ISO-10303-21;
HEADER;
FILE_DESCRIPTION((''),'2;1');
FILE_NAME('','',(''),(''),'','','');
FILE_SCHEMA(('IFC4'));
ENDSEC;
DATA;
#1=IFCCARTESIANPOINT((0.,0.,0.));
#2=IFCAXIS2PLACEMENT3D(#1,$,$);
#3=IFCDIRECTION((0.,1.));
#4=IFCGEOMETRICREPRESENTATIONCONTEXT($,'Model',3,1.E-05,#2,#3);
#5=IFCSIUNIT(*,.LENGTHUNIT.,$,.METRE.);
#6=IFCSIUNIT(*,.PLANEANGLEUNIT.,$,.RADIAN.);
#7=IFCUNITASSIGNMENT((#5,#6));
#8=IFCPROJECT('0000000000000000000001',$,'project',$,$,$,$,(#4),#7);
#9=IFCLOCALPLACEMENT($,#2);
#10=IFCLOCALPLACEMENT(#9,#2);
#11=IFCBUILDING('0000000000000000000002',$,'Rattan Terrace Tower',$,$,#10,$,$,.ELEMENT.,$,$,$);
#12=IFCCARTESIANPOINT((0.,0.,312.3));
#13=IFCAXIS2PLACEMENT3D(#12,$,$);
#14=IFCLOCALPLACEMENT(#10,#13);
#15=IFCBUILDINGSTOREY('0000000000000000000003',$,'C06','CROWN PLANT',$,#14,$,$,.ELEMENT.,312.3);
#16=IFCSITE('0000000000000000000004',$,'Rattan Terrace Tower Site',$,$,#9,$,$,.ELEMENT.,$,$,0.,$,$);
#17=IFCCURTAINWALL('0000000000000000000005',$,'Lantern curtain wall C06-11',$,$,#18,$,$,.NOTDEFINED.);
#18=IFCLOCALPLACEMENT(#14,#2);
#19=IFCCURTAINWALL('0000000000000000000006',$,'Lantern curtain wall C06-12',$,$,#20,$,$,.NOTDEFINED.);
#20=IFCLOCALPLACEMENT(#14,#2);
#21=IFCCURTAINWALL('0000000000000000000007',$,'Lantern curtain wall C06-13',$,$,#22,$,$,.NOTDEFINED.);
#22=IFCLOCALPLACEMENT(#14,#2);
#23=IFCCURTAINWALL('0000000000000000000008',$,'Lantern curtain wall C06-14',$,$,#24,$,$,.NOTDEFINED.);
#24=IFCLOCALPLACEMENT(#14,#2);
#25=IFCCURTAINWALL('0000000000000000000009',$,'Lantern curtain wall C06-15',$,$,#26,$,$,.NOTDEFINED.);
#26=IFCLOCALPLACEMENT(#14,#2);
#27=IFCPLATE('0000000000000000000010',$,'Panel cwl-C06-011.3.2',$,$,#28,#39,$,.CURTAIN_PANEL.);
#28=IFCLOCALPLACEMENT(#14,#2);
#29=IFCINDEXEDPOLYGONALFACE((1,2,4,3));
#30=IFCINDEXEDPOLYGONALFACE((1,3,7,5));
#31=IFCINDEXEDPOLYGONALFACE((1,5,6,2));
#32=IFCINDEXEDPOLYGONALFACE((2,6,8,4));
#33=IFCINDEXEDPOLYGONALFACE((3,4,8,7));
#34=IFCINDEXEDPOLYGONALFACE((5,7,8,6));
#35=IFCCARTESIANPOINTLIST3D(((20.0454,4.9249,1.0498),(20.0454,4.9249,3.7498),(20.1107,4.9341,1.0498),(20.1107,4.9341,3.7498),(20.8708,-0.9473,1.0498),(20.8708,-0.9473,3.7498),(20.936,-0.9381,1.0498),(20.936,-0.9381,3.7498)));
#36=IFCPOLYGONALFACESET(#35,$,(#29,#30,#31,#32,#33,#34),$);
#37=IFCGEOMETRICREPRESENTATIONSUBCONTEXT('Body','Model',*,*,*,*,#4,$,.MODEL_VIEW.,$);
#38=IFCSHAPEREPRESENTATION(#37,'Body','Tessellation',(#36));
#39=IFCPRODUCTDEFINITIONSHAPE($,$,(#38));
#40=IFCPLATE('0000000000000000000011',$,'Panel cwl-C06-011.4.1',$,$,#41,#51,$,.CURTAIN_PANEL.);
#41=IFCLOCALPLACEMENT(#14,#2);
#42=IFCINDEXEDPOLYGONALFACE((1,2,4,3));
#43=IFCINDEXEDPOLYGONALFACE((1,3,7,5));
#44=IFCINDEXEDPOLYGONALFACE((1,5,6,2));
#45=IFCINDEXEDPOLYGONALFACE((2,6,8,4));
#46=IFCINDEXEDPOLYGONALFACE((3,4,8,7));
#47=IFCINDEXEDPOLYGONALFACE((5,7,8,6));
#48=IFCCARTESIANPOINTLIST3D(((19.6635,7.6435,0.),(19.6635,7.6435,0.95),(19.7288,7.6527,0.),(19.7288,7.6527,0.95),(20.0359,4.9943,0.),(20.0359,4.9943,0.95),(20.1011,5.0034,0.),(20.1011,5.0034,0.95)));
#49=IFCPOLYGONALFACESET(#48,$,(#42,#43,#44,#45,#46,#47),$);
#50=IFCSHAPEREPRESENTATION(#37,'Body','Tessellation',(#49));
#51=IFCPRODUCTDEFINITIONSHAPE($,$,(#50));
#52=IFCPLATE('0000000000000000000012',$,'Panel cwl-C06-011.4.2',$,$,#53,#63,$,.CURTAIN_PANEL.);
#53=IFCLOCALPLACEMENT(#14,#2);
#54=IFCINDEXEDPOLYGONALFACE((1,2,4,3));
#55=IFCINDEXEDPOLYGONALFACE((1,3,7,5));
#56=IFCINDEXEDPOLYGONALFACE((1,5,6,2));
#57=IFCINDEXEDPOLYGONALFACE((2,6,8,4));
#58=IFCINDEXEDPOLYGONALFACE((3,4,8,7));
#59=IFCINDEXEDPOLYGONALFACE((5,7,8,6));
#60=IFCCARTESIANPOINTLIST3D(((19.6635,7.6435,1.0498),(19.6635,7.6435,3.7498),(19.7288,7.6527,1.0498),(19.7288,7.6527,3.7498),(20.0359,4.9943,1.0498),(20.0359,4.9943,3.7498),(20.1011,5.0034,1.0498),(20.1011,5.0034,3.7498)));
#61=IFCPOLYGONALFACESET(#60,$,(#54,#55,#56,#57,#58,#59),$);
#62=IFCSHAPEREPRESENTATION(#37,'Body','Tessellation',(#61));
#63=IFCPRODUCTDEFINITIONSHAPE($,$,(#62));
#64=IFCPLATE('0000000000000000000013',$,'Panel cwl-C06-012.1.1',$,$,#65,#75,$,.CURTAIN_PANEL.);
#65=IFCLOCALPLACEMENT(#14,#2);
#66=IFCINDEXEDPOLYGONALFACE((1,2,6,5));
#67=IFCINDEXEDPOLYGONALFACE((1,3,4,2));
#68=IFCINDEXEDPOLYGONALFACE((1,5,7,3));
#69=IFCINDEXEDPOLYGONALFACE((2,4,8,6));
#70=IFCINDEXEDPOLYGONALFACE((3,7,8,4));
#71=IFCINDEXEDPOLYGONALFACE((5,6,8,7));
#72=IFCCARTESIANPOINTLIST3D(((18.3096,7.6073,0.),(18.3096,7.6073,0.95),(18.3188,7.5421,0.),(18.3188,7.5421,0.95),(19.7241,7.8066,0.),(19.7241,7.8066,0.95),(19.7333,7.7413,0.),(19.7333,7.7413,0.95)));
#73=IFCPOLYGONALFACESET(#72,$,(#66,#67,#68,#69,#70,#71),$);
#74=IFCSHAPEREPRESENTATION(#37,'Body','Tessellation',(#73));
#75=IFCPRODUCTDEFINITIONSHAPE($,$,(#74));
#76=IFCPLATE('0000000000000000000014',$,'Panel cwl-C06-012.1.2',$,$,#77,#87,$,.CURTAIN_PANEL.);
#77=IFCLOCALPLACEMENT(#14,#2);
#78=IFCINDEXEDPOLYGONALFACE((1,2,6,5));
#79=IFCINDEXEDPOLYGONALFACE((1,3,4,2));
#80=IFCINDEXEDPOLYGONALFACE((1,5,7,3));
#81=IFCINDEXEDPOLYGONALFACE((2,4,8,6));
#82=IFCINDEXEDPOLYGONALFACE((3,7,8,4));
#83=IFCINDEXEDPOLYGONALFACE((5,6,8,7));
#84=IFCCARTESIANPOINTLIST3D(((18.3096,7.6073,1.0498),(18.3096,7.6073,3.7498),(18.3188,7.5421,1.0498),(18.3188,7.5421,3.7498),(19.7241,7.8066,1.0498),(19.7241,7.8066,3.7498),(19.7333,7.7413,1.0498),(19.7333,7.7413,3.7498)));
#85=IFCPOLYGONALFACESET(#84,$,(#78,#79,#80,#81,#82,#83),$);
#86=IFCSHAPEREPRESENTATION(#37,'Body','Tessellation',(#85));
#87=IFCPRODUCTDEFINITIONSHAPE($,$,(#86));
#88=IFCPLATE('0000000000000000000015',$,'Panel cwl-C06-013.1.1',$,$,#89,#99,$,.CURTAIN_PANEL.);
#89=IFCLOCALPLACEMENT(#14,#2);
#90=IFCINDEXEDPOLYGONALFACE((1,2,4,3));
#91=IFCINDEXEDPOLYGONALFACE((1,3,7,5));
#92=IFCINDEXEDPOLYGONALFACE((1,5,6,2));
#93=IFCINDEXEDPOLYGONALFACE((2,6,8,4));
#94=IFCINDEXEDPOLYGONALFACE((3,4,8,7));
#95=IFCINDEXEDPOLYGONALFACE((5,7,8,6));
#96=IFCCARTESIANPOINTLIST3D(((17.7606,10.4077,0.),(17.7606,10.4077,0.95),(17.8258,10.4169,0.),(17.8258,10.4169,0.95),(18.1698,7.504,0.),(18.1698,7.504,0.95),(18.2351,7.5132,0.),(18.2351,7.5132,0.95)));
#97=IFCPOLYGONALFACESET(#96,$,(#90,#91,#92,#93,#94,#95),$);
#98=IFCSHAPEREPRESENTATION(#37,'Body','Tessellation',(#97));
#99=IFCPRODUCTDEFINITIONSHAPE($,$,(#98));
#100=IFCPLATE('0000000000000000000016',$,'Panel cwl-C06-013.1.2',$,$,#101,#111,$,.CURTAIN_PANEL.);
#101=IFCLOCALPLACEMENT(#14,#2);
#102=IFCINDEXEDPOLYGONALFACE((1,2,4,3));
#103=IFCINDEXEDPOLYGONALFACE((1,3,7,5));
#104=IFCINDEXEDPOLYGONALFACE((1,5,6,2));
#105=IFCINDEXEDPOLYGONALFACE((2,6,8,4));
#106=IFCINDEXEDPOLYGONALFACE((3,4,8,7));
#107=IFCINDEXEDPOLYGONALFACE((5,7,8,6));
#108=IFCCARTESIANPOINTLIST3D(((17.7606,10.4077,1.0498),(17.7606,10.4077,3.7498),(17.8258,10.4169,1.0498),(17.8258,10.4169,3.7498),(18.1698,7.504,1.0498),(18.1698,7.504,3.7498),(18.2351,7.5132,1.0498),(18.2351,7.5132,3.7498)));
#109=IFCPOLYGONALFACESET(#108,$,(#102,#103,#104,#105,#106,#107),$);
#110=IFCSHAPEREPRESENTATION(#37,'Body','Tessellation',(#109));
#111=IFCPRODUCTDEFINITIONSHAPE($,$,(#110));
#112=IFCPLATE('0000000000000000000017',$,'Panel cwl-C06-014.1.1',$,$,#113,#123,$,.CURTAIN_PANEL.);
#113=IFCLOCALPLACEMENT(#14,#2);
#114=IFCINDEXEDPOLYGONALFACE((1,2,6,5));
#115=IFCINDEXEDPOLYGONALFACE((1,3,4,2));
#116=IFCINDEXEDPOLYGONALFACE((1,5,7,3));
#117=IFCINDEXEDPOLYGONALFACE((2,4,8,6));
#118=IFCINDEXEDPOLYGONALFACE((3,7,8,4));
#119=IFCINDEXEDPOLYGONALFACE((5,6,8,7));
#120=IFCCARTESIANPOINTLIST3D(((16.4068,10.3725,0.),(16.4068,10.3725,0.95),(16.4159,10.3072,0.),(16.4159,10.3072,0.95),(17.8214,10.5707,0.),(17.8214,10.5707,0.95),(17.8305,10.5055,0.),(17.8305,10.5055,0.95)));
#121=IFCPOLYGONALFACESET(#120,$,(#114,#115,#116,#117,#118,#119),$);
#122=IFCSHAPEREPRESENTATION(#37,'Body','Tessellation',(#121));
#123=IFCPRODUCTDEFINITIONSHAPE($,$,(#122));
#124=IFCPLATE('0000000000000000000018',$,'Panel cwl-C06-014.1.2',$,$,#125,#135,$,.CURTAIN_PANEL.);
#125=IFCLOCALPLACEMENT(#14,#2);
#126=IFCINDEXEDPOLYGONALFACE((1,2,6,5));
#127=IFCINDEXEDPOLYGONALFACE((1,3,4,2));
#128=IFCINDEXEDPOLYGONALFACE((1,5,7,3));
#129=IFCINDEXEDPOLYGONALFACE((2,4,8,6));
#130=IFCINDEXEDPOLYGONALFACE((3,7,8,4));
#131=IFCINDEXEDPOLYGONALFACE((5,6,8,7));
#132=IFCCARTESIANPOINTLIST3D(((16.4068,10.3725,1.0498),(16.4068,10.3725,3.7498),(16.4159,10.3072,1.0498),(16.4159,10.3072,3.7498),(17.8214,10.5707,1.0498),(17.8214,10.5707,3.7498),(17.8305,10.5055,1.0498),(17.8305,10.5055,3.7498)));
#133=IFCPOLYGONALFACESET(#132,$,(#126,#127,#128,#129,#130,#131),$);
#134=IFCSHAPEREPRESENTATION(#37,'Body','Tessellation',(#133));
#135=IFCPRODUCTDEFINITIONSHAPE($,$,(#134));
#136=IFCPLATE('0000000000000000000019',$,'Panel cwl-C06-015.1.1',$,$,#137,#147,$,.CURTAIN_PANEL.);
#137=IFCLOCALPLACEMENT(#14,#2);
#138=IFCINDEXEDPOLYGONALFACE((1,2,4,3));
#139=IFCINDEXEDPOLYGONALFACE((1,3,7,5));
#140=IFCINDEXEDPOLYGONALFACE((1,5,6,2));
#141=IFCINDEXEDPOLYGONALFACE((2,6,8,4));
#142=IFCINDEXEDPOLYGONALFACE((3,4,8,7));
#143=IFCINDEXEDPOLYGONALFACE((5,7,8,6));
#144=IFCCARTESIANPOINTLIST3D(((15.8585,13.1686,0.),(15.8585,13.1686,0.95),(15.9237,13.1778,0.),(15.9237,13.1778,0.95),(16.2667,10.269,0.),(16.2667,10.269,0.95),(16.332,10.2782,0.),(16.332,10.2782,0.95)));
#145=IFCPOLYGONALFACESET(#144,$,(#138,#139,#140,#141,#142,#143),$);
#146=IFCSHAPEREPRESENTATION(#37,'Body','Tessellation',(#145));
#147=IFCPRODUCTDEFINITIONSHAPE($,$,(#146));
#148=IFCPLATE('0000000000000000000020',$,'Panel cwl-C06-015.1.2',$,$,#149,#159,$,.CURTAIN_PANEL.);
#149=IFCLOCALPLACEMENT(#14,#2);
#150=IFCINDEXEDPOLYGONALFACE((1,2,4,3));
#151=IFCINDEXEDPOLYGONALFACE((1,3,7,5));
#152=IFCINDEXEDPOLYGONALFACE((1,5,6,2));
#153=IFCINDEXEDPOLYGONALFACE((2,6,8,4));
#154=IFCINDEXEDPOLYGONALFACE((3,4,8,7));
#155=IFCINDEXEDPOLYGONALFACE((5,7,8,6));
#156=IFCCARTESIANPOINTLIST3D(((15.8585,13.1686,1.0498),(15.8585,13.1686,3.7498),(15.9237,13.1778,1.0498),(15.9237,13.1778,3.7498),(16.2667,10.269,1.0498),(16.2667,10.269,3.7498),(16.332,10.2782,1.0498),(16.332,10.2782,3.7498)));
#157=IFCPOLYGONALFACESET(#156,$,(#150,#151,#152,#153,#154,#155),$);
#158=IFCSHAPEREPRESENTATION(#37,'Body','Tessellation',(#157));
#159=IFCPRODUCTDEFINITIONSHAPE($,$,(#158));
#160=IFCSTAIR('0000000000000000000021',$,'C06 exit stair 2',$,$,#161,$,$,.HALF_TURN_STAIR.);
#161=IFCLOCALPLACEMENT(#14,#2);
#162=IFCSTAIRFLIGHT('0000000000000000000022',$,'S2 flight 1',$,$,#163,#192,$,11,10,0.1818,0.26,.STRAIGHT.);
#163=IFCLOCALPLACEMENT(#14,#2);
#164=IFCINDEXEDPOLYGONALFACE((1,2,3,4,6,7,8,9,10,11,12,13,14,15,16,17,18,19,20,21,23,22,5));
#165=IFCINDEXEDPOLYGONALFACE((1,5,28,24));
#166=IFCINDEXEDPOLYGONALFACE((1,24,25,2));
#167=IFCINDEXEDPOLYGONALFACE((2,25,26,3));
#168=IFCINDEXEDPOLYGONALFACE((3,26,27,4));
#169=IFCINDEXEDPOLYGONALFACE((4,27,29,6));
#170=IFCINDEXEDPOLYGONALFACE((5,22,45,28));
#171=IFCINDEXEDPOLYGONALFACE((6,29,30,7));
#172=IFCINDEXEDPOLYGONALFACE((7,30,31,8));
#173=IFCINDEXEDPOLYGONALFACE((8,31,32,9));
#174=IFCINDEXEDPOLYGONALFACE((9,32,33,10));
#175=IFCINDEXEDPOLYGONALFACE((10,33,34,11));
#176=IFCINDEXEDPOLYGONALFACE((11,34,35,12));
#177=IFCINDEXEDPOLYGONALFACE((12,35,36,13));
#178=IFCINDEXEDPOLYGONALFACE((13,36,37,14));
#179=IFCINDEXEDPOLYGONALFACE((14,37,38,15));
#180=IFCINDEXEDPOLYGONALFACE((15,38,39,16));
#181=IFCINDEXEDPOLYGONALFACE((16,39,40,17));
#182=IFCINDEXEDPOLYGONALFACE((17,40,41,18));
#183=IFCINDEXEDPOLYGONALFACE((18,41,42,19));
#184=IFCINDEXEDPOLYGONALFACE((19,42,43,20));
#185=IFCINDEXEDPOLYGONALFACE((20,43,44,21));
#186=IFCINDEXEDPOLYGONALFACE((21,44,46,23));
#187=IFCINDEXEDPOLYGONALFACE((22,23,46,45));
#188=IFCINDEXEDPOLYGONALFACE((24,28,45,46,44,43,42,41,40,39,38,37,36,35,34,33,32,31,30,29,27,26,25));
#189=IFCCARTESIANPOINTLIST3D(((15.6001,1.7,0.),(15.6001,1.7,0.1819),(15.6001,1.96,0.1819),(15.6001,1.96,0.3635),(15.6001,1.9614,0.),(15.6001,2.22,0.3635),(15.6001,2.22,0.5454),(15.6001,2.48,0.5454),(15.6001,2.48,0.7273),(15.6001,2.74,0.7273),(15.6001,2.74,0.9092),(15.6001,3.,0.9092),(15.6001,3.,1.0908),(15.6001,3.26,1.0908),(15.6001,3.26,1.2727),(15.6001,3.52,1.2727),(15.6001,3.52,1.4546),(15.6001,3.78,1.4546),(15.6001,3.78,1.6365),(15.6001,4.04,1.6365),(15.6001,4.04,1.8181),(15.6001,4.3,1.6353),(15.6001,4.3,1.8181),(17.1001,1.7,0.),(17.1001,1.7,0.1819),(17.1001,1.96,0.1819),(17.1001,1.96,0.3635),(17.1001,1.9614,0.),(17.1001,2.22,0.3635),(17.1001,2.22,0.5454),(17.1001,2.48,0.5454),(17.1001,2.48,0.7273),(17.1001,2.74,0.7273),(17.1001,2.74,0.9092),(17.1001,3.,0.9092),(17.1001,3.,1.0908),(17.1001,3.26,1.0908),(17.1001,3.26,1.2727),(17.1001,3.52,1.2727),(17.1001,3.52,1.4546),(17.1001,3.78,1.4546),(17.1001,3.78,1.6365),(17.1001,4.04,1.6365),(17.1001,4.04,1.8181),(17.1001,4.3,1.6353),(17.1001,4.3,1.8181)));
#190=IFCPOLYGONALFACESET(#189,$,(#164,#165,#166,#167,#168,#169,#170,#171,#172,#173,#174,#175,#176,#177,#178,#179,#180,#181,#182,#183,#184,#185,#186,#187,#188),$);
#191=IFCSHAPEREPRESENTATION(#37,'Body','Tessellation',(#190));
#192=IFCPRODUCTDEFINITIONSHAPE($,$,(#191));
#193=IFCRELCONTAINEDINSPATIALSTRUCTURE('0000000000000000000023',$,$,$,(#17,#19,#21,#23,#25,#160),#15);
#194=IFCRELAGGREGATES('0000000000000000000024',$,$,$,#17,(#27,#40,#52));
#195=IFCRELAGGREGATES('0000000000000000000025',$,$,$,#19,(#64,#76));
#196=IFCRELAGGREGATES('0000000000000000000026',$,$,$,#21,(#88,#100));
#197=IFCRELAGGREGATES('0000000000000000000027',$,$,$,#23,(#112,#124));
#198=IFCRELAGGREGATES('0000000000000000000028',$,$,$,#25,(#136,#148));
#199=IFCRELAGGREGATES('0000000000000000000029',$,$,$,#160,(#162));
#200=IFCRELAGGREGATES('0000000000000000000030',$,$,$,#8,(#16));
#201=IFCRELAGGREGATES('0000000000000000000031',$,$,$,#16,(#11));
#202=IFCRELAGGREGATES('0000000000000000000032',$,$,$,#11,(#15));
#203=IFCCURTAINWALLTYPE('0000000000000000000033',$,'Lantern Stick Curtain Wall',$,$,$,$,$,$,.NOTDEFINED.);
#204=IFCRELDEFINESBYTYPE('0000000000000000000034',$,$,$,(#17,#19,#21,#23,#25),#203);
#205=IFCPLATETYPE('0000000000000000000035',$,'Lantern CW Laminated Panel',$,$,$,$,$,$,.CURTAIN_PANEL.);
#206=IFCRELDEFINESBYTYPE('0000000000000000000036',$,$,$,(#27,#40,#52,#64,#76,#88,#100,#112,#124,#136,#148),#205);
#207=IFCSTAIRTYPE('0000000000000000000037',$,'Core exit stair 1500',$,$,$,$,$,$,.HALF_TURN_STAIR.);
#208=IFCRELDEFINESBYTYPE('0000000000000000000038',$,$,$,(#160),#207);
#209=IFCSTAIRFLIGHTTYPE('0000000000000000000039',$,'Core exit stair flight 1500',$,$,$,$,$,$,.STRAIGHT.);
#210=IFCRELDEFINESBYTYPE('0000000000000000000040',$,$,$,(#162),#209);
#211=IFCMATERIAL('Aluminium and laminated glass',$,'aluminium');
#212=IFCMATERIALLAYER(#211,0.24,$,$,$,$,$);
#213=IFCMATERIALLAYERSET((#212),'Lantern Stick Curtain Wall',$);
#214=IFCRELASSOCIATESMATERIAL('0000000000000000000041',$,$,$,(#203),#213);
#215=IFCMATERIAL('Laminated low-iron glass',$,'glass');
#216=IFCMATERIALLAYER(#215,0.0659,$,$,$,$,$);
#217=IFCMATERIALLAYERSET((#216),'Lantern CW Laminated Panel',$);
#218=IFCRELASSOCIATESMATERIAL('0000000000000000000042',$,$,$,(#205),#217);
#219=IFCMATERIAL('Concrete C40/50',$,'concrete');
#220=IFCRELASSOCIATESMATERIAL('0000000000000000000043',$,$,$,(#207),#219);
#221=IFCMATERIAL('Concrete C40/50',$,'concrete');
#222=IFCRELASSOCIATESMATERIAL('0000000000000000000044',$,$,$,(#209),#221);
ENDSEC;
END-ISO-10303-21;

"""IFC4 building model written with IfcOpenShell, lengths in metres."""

from ifc_helpers import new_model, si_unit, direction, frame, origin, origin_2d, place, context, subcontext, project, spatial, polyline, rectangle, outline, extrude, material, layer, layer_set, type_object, element, aggregate, save


model = new_model("IFC4")

# Units and contexts
model_context = context("Model", 3, precision=1e-05, world=origin(), true_north=direction((0.0, 1.0)))
body_context = subcontext(model_context, "Body", "Model", "MODEL_VIEW")
ifc_project = project(units=[si_unit("LENGTHUNIT", "METRE"), si_unit("PLANEANGLEUNIT", "RADIAN")], contexts=[model_context])

# Site, building, storey
site_placement = place(None, origin())
site = spatial("IfcSite", under=ifc_project, at=site_placement, Name="Rattan Terrace Tower Site", CompositionType="ELEMENT", RefElevation=0.0)
building_placement = place(site_placement, origin())
building = spatial("IfcBuilding", under=site, at=building_placement, Name="Rattan Terrace Tower", CompositionType="ELEMENT")
storey_placement = place(building_placement, frame((0.0, 0.0, 312.3)))
storey = spatial("IfcBuildingStorey", under=building, at=storey_placement, Name="C06", Description="CROWN PLANT", CompositionType="ELEMENT", Elevation=312.3)

# Curtain walls
ifc_material_1 = material(Name="Aluminium and laminated glass", Category="aluminium")
ifc_layer_1 = layer(ifc_material_1, 0.24)
ifc_layer_set_1 = layer_set([ifc_layer_1], Name="Lantern Stick Curtain Wall")
curtain_wall_type = type_object("IfcCurtainWallType", Name="Lantern Stick Curtain Wall", PredefinedType="NOTDEFINED", material=ifc_layer_set_1)
curtain_wall_1_placement = place(storey_placement, origin())
curtain_wall_1 = element("IfcCurtainWall", 1, at=curtain_wall_1_placement, inside=storey, type_object=curtain_wall_type, Name="Lantern curtain wall C06-11", PredefinedType="NOTDEFINED")
curtain_wall_2_placement = place(storey_placement, origin())
curtain_wall_2 = element("IfcCurtainWall", 2, at=curtain_wall_2_placement, inside=storey, type_object=curtain_wall_type, Name="Lantern curtain wall C06-12", PredefinedType="NOTDEFINED")
curtain_wall_3_placement = place(storey_placement, origin())
curtain_wall_3 = element("IfcCurtainWall", 3, at=curtain_wall_3_placement, inside=storey, type_object=curtain_wall_type, Name="Lantern curtain wall C06-13", PredefinedType="NOTDEFINED")
curtain_wall_4_placement = place(storey_placement, origin())
curtain_wall_4 = element("IfcCurtainWall", 4, at=curtain_wall_4_placement, inside=storey, type_object=curtain_wall_type, Name="Lantern curtain wall C06-14", PredefinedType="NOTDEFINED")
curtain_wall_5_placement = place(storey_placement, origin())
curtain_wall_5 = element("IfcCurtainWall", 5, at=curtain_wall_5_placement, inside=storey, type_object=curtain_wall_type, Name="Lantern curtain wall C06-15", PredefinedType="NOTDEFINED")

# Plates
ifc_material_2 = material(Name="Laminated low-iron glass", Category="glass")
ifc_layer_2 = layer(ifc_material_2, 0.0659)
ifc_layer_set_2 = layer_set([ifc_layer_2], Name="Lantern CW Laminated Panel")
plate_type = type_object("IfcPlateType", Name="Lantern CW Laminated Panel", PredefinedType="CURTAIN_PANEL", material=ifc_layer_set_2)
plate_1_placement = place(storey_placement, frame((20.4907, 1.9934, 1.0498), z_axis=(0.0, 0.0, 1.0), x_axis=(-0.139188, 0.990266, 0.0)))
plate_1 = element("IfcPlate", 6, at=plate_1_placement, type_object=plate_type, Name="Panel cwl-C06-011.3.2", PredefinedType="CURTAIN_PANEL", context=body_context, shape_type="SweptSolid", body=[
    extrude(rectangle(XDim=5.9299, YDim=0.0659, at=origin_2d()), origin(), (0.0, 0.0, 1.0), 2.7),
])
plate_2_placement = place(storey_placement, frame((19.8823, 6.3235, 0.0), z_axis=(0.0, 0.0, 1.0), x_axis=(-0.139188, 0.990266, 0.0)))
plate_2 = element("IfcPlate", 7, at=plate_2_placement, type_object=plate_type, Name="Panel cwl-C06-011.4.1", PredefinedType="CURTAIN_PANEL", context=body_context, shape_type="SweptSolid", body=[
    extrude(rectangle(XDim=2.6753, YDim=0.0659, at=origin_2d()), origin(), (0.0, 0.0, 1.0), 0.95),
])
plate_3_placement = place(storey_placement, frame((19.8823, 6.3235, 1.0498), z_axis=(0.0, 0.0, 1.0), x_axis=(-0.139188, 0.990266, 0.0)))
plate_3 = element("IfcPlate", 8, at=plate_3_placement, type_object=plate_type, Name="Panel cwl-C06-011.4.2", PredefinedType="CURTAIN_PANEL", context=body_context, shape_type="SweptSolid", body=[
    extrude(rectangle(XDim=2.6753, YDim=0.0659, at=origin_2d()), origin(), (0.0, 0.0, 1.0), 2.7),
])
aggregate(curtain_wall_1, [plate_1, plate_2, plate_3])
plate_4_placement = place(storey_placement, frame((19.0215, 7.6743, 0.0), z_axis=(0.0, 0.0, 1.0), x_axis=(-0.990228, -0.139459, 0.0)))
plate_4 = element("IfcPlate", 9, at=plate_4_placement, type_object=plate_type, Name="Panel cwl-C06-012.1.1", PredefinedType="CURTAIN_PANEL", context=body_context, shape_type="SweptSolid", body=[
    extrude(rectangle(XDim=1.4285, YDim=0.0659, at=origin_2d()), origin(), (0.0, 0.0, 1.0), 0.95),
])
plate_5_placement = place(storey_placement, frame((19.0215, 7.6743, 1.0498), z_axis=(0.0, 0.0, 1.0), x_axis=(-0.990228, -0.139459, 0.0)))
plate_5 = element("IfcPlate", 10, at=plate_5_placement, type_object=plate_type, Name="Panel cwl-C06-012.1.2", PredefinedType="CURTAIN_PANEL", context=body_context, shape_type="SweptSolid", body=[
    extrude(rectangle(XDim=1.4285, YDim=0.0659, at=origin_2d()), origin(), (0.0, 0.0, 1.0), 2.7),
])
aggregate(curtain_wall_2, [plate_4, plate_5])
plate_6_placement = place(storey_placement, frame((17.9978, 8.9604, 0.0), z_axis=(0.0, 0.0, 1.0), x_axis=(-0.139556, 0.990214, 0.0)))
plate_6 = element("IfcPlate", 11, at=plate_6_placement, type_object=plate_type, Name="Panel cwl-C06-013.1.1", PredefinedType="CURTAIN_PANEL", context=body_context, shape_type="SweptSolid", body=[
    extrude(rectangle(XDim=2.9324, YDim=0.0659, at=origin_2d()), origin(), (0.0, 0.0, 1.0), 0.95),
])
plate_7_placement = place(storey_placement, frame((17.9978, 8.9604, 1.0498), z_axis=(0.0, 0.0, 1.0), x_axis=(-0.139556, 0.990214, 0.0)))
plate_7 = element("IfcPlate", 12, at=plate_7_placement, type_object=plate_type, Name="Panel cwl-C06-013.1.2", PredefinedType="CURTAIN_PANEL", context=body_context, shape_type="SweptSolid", body=[
    extrude(rectangle(XDim=2.9324, YDim=0.0659, at=origin_2d()), origin(), (0.0, 0.0, 1.0), 2.7),
])
aggregate(curtain_wall_3, [plate_6, plate_7])
plate_8_placement = place(storey_placement, frame((17.1187, 10.439, 0.0), z_axis=(0.0, 0.0, 1.0), x_axis=(-0.99032, -0.138805, 0.0)))
plate_8 = element("IfcPlate", 13, at=plate_8_placement, type_object=plate_type, Name="Panel cwl-C06-014.1.1", PredefinedType="CURTAIN_PANEL", context=body_context, shape_type="SweptSolid", body=[
    extrude(rectangle(XDim=1.4285, YDim=0.0659, at=origin_2d()), origin(), (0.0, 0.0, 1.0), 0.95),
])
plate_9_placement = place(storey_placement, frame((17.1187, 10.439, 1.0498), z_axis=(0.0, 0.0, 1.0), x_axis=(-0.99032, -0.138805, 0.0)))
plate_9 = element("IfcPlate", 14, at=plate_9_placement, type_object=plate_type, Name="Panel cwl-C06-014.1.2", PredefinedType="CURTAIN_PANEL", context=body_context, shape_type="SweptSolid", body=[
    extrude(rectangle(XDim=1.4285, YDim=0.0659, at=origin_2d()), origin(), (0.0, 0.0, 1.0), 2.7),
])
aggregate(curtain_wall_4, [plate_8, plate_9])
plate_10_placement = place(storey_placement, frame((16.0952, 11.7234, 0.0), z_axis=(0.0, 0.0, 1.0), x_axis=(-0.139413, 0.990234, 0.0)))
plate_10 = element("IfcPlate", 15, at=plate_10_placement, type_object=plate_type, Name="Panel cwl-C06-015.1.1", PredefinedType="CURTAIN_PANEL", context=body_context, shape_type="SweptSolid", body=[
    extrude(rectangle(XDim=2.9282, YDim=0.0659, at=origin_2d()), origin(), (0.0, 0.0, 1.0), 0.95),
])
plate_11_placement = place(storey_placement, frame((16.0952, 11.7234, 1.0498), z_axis=(0.0, 0.0, 1.0), x_axis=(-0.139413, 0.990234, 0.0)))
plate_11 = element("IfcPlate", 16, at=plate_11_placement, type_object=plate_type, Name="Panel cwl-C06-015.1.2", PredefinedType="CURTAIN_PANEL", context=body_context, shape_type="SweptSolid", body=[
    extrude(rectangle(XDim=2.9282, YDim=0.0659, at=origin_2d()), origin(), (0.0, 0.0, 1.0), 2.7),
])
aggregate(curtain_wall_5, [plate_10, plate_11])

# Stair, stair flight
ifc_material_3 = material(Name="Concrete C40/50", Category="concrete")
stair_type = type_object("IfcStairType", Name="Core exit stair 1500", PredefinedType="HALF_TURN_STAIR", material=ifc_material_3)
stair_placement = place(storey_placement, origin())
stair = element("IfcStair", 17, at=stair_placement, inside=storey, type_object=stair_type, Name="C06 exit stair 2", PredefinedType="HALF_TURN_STAIR")
ifc_material_4 = material(Name="Concrete C40/50", Category="concrete")
stair_flight_type = type_object("IfcStairFlightType", Name="Core exit stair flight 1500", PredefinedType="STRAIGHT", material=ifc_material_4)
stair_flight_placement = place(storey_placement, frame((16.3501, 1.7, 0.0), z_axis=(0.0, 0.0, 1.0), x_axis=(0.0, 1.0, 0.0)))
stair_flight = element("IfcStairFlight", 18, at=stair_flight_placement, type_object=stair_flight_type, Name="S2 flight 1", NumberOfRisers=11, NumberOfTreads=10, PredefinedType="STRAIGHT", RiserHeight=0.1818, TreadLength=0.26, context=body_context, shape_type="SweptSolid", body=[
    extrude(outline(polyline([(0.0, 0.0), (0.0, 0.1819), (0.26, 0.1819), (0.26, 0.3635), (0.52, 0.3635), (0.52, 0.5454), (0.78, 0.5454), (0.78, 0.7273), (1.04, 0.7273), (1.04, 0.9092), (1.3, 0.9092), (1.3, 1.0908), (1.5601, 1.0908), (1.5601, 1.2727), (1.8201, 1.2727), (1.8201, 1.4546), (2.0801, 1.4546), (2.0801, 1.6365), (2.3401, 1.6365), (2.3401, 1.8181), (2.6001, 1.8181), (2.6001, 2.0), (2.6001, 1.6353), (0.2615, 0.0), (0.0, 0.0)])), frame((0.0, 0.75, 0.0), z_axis=(0.0, -1.0, 0.0), x_axis=(1.0, 0.0, 0.0)), (0.0, 0.0, 1.0), 1.5),
])
aggregate(stair, [stair_flight])

save(model, "model.ifc")
